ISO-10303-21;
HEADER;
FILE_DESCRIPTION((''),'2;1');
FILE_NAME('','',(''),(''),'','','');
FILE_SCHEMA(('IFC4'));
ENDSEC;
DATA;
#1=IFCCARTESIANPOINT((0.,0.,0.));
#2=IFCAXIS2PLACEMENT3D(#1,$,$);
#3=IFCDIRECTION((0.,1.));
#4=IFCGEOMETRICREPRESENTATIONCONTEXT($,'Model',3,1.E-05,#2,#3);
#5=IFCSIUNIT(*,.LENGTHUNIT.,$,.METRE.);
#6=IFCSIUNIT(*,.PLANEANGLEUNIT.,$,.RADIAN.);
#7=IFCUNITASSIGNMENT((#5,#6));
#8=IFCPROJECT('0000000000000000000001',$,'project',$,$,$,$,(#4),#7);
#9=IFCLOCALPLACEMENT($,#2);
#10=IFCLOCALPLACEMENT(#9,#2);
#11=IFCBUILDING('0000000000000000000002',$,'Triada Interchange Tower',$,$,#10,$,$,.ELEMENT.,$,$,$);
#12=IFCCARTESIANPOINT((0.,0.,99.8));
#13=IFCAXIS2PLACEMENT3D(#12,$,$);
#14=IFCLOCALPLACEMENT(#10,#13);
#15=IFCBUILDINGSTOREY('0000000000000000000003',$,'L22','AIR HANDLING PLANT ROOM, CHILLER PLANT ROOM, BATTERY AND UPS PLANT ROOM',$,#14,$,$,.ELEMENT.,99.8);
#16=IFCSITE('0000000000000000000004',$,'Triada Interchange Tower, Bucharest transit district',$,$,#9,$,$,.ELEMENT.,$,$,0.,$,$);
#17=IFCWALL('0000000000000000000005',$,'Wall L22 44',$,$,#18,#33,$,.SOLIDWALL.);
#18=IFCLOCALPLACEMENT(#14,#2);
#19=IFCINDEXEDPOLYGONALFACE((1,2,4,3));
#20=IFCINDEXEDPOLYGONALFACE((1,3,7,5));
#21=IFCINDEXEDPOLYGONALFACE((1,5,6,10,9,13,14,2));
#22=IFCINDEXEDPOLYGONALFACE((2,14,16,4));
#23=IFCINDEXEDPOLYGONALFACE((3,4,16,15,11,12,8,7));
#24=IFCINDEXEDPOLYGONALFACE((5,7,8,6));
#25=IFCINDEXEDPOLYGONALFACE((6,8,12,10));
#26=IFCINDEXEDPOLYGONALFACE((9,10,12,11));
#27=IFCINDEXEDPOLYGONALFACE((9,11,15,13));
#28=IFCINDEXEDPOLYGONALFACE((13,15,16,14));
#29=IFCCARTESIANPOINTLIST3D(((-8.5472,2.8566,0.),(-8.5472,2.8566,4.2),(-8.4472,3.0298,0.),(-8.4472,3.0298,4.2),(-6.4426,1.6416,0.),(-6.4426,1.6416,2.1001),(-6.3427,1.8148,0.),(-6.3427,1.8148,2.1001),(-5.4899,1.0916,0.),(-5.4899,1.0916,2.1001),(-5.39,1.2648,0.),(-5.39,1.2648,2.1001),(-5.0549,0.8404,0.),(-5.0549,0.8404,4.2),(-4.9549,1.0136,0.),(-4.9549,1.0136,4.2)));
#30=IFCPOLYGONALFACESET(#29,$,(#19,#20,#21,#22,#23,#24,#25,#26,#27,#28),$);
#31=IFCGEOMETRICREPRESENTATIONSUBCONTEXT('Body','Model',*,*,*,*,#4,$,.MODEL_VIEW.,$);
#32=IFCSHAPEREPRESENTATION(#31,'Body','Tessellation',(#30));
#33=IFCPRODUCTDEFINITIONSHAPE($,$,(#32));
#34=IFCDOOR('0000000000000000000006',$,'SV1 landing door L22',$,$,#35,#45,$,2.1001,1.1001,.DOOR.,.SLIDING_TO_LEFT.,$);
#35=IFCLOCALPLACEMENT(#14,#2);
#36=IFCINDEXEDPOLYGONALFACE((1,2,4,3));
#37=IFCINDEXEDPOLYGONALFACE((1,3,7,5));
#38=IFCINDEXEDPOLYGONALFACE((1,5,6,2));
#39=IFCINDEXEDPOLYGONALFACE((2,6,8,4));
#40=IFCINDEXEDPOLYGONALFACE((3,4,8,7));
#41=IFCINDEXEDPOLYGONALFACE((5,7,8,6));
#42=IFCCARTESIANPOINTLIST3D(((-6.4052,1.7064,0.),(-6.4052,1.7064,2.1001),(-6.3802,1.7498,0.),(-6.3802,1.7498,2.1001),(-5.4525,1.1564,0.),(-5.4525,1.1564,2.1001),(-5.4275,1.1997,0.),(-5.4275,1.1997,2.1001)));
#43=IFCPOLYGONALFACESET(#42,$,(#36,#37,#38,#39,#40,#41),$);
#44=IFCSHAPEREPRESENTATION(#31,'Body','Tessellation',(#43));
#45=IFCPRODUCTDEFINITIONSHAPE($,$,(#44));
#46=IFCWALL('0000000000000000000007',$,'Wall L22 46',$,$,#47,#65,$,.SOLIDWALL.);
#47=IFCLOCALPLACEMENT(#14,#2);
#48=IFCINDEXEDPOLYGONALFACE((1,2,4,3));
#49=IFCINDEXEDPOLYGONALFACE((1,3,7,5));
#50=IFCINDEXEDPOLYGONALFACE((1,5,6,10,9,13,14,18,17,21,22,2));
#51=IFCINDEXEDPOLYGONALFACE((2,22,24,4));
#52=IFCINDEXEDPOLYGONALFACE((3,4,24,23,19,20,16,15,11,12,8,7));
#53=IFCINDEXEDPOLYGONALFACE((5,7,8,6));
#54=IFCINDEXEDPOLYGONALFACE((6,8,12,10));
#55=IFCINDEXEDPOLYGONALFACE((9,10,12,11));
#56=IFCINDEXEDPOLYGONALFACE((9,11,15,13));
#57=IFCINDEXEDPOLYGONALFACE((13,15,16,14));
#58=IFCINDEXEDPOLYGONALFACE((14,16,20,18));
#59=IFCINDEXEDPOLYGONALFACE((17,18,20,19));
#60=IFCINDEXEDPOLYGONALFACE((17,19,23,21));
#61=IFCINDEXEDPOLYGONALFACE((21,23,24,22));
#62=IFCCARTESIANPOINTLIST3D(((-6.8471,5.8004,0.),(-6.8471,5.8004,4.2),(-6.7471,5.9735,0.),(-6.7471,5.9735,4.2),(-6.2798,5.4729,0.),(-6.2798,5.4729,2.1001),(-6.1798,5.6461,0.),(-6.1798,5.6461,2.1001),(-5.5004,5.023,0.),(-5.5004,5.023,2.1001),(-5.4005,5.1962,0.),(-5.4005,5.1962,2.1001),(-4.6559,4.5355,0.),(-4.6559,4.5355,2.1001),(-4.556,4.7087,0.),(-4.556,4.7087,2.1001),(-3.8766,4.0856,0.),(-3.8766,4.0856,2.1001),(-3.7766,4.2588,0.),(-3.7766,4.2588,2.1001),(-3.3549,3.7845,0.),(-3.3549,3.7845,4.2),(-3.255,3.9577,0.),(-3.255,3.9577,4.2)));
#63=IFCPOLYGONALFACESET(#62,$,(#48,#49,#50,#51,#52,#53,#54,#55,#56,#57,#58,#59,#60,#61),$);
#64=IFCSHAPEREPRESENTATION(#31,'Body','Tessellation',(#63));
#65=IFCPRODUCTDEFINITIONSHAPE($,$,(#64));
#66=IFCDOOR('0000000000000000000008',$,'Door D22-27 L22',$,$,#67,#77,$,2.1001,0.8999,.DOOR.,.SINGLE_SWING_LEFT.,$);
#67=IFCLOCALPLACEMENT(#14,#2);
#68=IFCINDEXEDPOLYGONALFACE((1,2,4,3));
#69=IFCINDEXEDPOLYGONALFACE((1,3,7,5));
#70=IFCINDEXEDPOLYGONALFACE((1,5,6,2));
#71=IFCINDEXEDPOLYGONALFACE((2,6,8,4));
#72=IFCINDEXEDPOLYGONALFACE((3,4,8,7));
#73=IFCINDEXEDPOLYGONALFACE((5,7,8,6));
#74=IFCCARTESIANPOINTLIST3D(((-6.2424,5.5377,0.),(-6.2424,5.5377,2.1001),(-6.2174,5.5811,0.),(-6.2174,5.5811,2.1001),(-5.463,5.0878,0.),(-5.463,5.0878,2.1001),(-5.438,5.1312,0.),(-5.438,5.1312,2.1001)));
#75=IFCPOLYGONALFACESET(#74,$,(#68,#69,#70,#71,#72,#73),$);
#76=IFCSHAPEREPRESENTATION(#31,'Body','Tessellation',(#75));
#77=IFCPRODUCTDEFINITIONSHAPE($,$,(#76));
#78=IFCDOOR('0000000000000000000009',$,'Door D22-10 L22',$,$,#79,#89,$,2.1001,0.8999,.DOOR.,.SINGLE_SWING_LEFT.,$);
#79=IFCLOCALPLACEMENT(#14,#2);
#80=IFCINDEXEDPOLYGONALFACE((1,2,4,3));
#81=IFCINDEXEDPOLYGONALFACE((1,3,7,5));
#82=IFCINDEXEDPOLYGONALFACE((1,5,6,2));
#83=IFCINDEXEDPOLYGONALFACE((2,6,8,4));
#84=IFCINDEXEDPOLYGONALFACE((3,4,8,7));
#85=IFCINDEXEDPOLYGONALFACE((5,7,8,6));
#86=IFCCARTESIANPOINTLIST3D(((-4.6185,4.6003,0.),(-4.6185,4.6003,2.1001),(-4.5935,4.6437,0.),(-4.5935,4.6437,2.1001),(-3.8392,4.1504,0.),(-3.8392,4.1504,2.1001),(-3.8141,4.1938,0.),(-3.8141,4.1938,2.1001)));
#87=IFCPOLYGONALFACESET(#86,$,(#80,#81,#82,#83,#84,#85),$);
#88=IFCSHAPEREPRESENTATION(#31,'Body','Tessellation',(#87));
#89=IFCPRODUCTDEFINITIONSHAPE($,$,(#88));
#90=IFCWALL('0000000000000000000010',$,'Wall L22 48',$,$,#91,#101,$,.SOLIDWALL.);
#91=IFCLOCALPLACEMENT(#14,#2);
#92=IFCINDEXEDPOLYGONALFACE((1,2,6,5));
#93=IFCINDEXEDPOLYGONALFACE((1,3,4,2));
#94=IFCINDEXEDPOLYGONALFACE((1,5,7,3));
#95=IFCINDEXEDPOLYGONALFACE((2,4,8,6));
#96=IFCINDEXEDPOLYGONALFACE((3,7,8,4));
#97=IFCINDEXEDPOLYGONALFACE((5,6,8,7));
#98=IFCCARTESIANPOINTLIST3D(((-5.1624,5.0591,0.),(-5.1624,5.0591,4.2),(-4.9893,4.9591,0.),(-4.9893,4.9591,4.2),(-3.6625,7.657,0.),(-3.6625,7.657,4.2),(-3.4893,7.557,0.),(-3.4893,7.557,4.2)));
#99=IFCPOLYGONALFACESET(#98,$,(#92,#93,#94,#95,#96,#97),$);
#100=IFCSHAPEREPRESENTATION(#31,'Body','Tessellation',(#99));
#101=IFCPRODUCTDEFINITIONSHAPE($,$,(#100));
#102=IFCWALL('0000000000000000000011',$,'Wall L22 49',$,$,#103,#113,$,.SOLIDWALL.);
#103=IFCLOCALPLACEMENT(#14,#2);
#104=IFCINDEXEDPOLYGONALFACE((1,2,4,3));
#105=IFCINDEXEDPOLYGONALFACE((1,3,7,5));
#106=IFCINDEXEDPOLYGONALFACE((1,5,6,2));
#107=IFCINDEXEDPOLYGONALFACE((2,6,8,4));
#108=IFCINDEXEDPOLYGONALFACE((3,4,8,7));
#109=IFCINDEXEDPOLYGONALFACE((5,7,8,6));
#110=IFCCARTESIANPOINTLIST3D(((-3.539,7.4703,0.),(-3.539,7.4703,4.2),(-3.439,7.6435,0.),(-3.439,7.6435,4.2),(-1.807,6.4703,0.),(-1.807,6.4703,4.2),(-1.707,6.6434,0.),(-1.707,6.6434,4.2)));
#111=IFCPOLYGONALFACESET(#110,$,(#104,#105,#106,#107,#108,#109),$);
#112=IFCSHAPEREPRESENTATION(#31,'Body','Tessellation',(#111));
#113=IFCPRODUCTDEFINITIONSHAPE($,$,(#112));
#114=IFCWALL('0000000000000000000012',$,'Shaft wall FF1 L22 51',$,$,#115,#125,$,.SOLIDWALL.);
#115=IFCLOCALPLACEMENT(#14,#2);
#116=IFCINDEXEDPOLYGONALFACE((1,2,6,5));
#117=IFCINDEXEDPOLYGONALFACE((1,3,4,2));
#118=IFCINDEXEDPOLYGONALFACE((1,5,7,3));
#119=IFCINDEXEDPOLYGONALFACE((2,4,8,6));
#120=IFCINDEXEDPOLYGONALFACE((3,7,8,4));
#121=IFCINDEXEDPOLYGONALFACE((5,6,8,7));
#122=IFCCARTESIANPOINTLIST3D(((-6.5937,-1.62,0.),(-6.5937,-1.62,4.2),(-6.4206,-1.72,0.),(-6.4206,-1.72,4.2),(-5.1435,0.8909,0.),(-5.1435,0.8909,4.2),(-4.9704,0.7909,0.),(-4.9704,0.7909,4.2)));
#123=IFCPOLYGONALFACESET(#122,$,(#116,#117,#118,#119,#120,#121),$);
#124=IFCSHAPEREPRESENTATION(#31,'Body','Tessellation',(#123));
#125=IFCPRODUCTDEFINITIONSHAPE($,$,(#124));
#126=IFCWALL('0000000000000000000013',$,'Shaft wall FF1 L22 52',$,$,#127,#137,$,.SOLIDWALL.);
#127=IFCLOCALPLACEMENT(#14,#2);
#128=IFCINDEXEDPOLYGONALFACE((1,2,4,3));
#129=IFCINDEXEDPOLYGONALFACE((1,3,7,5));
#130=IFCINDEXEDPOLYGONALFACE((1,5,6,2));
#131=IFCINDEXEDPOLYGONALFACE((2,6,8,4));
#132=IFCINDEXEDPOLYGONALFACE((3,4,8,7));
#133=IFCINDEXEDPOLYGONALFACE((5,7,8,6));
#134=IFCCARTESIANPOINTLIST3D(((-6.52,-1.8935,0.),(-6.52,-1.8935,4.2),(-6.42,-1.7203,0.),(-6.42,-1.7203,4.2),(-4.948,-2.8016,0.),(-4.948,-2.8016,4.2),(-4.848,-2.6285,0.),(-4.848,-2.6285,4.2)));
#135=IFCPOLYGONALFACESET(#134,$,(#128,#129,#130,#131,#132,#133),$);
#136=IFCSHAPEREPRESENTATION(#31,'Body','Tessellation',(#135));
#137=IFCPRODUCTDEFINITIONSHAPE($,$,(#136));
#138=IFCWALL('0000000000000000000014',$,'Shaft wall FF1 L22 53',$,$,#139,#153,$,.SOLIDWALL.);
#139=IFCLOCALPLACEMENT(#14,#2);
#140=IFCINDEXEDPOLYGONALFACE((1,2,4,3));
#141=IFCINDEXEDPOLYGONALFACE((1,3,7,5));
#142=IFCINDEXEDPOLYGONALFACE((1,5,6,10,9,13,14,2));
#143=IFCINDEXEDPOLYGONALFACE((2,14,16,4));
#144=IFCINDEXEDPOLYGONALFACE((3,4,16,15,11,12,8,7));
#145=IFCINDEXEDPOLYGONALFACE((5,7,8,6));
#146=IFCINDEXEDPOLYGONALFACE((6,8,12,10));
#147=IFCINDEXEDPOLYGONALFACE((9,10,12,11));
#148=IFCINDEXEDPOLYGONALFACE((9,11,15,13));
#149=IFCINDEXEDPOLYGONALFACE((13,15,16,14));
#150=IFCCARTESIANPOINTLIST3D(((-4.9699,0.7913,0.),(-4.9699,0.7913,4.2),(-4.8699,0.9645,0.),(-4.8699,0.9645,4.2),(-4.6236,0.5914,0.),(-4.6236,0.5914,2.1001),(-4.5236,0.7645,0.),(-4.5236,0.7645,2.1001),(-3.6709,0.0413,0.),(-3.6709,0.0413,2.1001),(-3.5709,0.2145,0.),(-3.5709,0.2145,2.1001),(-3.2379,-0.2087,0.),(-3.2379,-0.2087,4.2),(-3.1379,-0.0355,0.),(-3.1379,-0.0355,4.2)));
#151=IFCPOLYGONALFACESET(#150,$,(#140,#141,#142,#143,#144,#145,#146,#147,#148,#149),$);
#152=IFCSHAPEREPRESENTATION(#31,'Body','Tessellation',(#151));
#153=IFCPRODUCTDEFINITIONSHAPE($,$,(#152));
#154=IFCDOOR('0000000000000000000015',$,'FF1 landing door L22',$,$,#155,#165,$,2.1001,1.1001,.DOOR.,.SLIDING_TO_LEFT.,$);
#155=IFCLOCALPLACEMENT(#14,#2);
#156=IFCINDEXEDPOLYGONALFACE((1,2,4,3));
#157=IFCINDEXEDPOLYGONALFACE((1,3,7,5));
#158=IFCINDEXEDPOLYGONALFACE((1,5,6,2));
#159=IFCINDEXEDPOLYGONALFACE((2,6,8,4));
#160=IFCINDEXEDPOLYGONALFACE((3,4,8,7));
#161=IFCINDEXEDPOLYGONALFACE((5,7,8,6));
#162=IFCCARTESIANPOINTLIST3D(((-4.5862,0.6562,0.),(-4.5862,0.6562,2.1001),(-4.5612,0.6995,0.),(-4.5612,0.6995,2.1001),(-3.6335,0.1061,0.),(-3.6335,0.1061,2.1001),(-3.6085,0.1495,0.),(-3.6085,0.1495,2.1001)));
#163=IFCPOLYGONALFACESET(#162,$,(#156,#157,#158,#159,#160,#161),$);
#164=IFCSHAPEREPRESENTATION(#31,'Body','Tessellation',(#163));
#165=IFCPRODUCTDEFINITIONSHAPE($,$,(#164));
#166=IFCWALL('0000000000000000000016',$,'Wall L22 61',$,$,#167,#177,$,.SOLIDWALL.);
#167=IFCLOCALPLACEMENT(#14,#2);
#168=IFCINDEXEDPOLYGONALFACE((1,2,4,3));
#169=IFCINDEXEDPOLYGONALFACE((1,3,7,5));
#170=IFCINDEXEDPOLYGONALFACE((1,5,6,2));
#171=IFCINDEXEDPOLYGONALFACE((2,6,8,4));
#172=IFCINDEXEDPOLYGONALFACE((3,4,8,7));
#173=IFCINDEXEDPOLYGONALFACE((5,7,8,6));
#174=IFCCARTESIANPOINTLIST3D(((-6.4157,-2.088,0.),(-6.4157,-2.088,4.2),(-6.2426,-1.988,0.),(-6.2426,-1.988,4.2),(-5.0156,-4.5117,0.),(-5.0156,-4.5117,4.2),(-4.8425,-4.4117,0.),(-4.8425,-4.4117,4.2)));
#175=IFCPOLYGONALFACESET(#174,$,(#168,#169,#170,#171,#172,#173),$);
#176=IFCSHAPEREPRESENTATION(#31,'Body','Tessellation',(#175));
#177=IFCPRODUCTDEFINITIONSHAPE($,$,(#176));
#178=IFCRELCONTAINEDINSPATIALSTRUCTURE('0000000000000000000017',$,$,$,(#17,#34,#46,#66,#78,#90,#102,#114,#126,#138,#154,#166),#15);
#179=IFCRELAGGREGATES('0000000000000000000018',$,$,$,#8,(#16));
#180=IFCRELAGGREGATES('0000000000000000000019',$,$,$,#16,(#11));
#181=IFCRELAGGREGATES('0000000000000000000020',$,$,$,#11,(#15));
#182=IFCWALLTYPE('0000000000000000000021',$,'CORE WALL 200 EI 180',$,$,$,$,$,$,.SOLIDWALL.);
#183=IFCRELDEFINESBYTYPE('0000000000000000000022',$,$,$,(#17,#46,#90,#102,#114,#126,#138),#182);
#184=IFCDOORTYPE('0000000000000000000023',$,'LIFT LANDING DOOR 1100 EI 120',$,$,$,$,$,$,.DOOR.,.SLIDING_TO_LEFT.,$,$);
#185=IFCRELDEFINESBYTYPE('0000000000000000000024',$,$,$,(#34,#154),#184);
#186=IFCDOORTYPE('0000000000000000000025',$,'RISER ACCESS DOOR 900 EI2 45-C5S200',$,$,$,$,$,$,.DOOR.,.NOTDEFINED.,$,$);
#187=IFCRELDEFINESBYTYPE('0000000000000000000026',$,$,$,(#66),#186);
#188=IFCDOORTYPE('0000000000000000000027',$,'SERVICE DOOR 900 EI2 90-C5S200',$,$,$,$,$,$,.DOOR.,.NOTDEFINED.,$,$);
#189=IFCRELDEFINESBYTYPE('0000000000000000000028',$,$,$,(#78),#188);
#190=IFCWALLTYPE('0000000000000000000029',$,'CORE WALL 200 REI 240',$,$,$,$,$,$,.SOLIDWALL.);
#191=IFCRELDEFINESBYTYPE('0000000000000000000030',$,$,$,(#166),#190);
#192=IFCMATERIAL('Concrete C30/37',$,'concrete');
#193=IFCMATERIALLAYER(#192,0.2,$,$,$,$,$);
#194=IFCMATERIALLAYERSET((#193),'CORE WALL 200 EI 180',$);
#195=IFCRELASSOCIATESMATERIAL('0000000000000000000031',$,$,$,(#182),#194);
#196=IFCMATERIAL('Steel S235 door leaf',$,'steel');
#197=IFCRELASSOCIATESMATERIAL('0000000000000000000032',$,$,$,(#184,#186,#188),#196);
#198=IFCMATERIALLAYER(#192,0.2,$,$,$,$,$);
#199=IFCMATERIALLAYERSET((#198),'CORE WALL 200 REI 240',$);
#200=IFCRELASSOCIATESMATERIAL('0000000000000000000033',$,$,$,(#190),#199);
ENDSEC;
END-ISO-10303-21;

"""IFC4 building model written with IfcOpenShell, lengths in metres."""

from ifc_helpers import new_model, si_unit, direction, frame, frame_2d, origin, place, context, subcontext, project, spatial, rectangle, extrude, material, layer, layer_set, type_object, element, fill, save


model = new_model("IFC4")

# Units and contexts
model_context = context("Model", 3, precision=1e-05, world=origin(), true_north=direction((0.0, 1.0)))
body_context = subcontext(model_context, "Body", "Model", "MODEL_VIEW")
ifc_project = project(units=[si_unit("LENGTHUNIT", "METRE"), si_unit("PLANEANGLEUNIT", "RADIAN")], contexts=[model_context])

# Site, building, storey
site_placement = place(None, origin())
site = spatial("IfcSite", under=ifc_project, at=site_placement, Name="Triada Interchange Tower, Bucharest transit district", CompositionType="ELEMENT", RefElevation=0.0)
building_placement = place(site_placement, origin())
building = spatial("IfcBuilding", under=site, at=building_placement, Name="Triada Interchange Tower", CompositionType="ELEMENT")
storey_placement = place(building_placement, frame((0.0, 0.0, 99.8)))
storey = spatial("IfcBuildingStorey", under=building, at=storey_placement, Name="L22", Description="AIR HANDLING PLANT ROOM, CHILLER PLANT ROOM, BATTERY AND UPS PLANT ROOM", CompositionType="ELEMENT", Elevation=99.8)

# Shared definitions
ifc_material_1 = material(Name="Concrete C30/37", Category="concrete")

# Wall, opening, door
ifc_layer_1 = layer(ifc_material_1, 0.2)
ifc_layer_set_1 = layer_set([ifc_layer_1], Name="CORE WALL 200 EI 180")
wall_type_1 = type_object("IfcWallType", Name="CORE WALL 200 EI 180", PredefinedType="SOLIDWALL", material=ifc_layer_set_1)
wall_1_placement = place(storey_placement, frame((-8.4971, 2.9431, 0.0), z_axis=(0.0, 0.0, 1.0), x_axis=(0.866036, -0.499981, 0.0)))
wall_1 = element("IfcWall", 1, at=wall_1_placement, inside=storey, type_object=wall_type_1, Name="Wall L22 44", PredefinedType="SOLIDWALL", context=body_context, shape_type="SweptSolid", body=[
    extrude(rectangle(XDim=4.0325, YDim=0.2, at=frame_2d((2.0161, 0.0))), origin(), (0.0, 0.0, 1.0), 4.2),
])
opening_1_placement = place(wall_1_placement, frame((2.4299, 0.0, 0.0)))
opening_1 = element("IfcOpeningElement", 2, at=opening_1_placement, cuts=wall_1, PredefinedType="OPENING", context=body_context, shape_type="SweptSolid", body=[
    extrude(rectangle(XDim=1.1001, YDim=2.1001, at=frame_2d((0.55, 1.05))), frame((0.0, 0.1099, 0.0), z_axis=(0.0, -1.0, 0.0), x_axis=(1.0, 0.0, 0.0)), (0.0, 0.0, 1.0), 0.22),
])
ifc_material_2 = material(Name="Steel S235 door leaf", Category="steel")
door_type_1 = type_object("IfcDoorType", Name="LIFT LANDING DOOR 1100 EI 120", OperationType="SLIDING_TO_LEFT", PredefinedType="DOOR", material=ifc_material_2)
door_1_placement = place(opening_1_placement, origin())
door_1 = element("IfcDoor", 3, at=door_1_placement, inside=storey, type_object=door_type_1, Name="SV1 landing door L22", OperationType="SLIDING_TO_LEFT", OverallHeight=2.1001, OverallWidth=1.1001, PredefinedType="DOOR", context=body_context, shape_type="SweptSolid", body=[
    extrude(rectangle(XDim=1.1001, YDim=2.1001, at=frame_2d((0.55, 1.05))), frame((0.0, 0.0249, 0.0), z_axis=(0.0, -1.0, 0.0), x_axis=(1.0, 0.0, 0.0)), (0.0, 0.0, 1.0), 0.05),
])
fill(opening_1, door_1)

# Wall, openings, doors
wall_2_placement = place(storey_placement, frame((-6.7971, 5.887, 0.0), z_axis=(0.0, 0.0, 1.0), x_axis=(0.866063, -0.499936, 0.0)))
wall_2 = element("IfcWall", 4, at=wall_2_placement, inside=storey, type_object=wall_type_1, Name="Wall L22 46", PredefinedType="SOLIDWALL", context=body_context, shape_type="SweptSolid", body=[
    extrude(rectangle(XDim=4.0322, YDim=0.2, at=frame_2d((2.0161, 0.0))), origin(), (0.0, 0.0, 1.0), 4.2),
])
opening_2_placement = place(wall_2_placement, frame((2.53, 0.0, 0.0)))
opening_2 = element("IfcOpeningElement", 5, at=opening_2_placement, cuts=wall_2, PredefinedType="OPENING", context=body_context, shape_type="SweptSolid", body=[
    extrude(rectangle(XDim=0.8999, YDim=2.1001, at=frame_2d((0.45, 1.05))), frame((0.0, 0.1099, 0.0), z_axis=(0.0, -1.0, 0.0), x_axis=(1.0, 0.0, 0.0)), (0.0, 0.0, 1.0), 0.22),
])
opening_3_placement = place(wall_2_placement, frame((0.655, 0.0, 0.0)))
opening_3 = element("IfcOpeningElement", 6, at=opening_3_placement, cuts=wall_2, PredefinedType="OPENING", context=body_context, shape_type="SweptSolid", body=[
    extrude(rectangle(XDim=0.8999, YDim=2.1001, at=frame_2d((0.45, 1.05))), frame((0.0, 0.1099, 0.0), z_axis=(0.0, -1.0, 0.0), x_axis=(1.0, 0.0, 0.0)), (0.0, 0.0, 1.0), 0.22),
])
door_type_2 = type_object("IfcDoorType", Name="RISER ACCESS DOOR 900 EI2 45-C5S200", OperationType="NOTDEFINED", PredefinedType="DOOR", material=ifc_material_2)
door_2_placement = place(opening_3_placement, origin())
door_2 = element("IfcDoor", 7, at=door_2_placement, inside=storey, type_object=door_type_2, Name="Door D22-27 L22", OperationType="SINGLE_SWING_LEFT", OverallHeight=2.1001, OverallWidth=0.8999, PredefinedType="DOOR", context=body_context, shape_type="SweptSolid", body=[
    extrude(rectangle(XDim=0.8999, YDim=2.1001, at=frame_2d((0.45, 1.05))), frame((0.0, 0.0249, 0.0), z_axis=(0.0, -1.0, 0.0), x_axis=(1.0, 0.0, 0.0)), (0.0, 0.0, 1.0), 0.05),
])
fill(opening_3, door_2)
door_type_3 = type_object("IfcDoorType", Name="SERVICE DOOR 900 EI2 90-C5S200", OperationType="NOTDEFINED", PredefinedType="DOOR", material=ifc_material_2)
door_3_placement = place(opening_2_placement, origin())
door_3 = element("IfcDoor", 8, at=door_3_placement, inside=storey, type_object=door_type_3, Name="Door D22-10 L22", OperationType="SINGLE_SWING_LEFT", OverallHeight=2.1001, OverallWidth=0.8999, PredefinedType="DOOR", context=body_context, shape_type="SweptSolid", body=[
    extrude(rectangle(XDim=0.8999, YDim=2.1001, at=frame_2d((0.45, 1.05))), frame((0.0, 0.0249, 0.0), z_axis=(0.0, -1.0, 0.0), x_axis=(1.0, 0.0, 0.0)), (0.0, 0.0, 1.0), 0.05),
])
fill(opening_2, door_3)

# Walls
wall_3_placement = place(storey_placement, frame((-5.0759, 5.009, 0.0), z_axis=(0.0, 0.0, 1.0), x_axis=(0.500025, 0.866011, 0.0)))
element("IfcWall", 9, at=wall_3_placement, inside=storey, type_object=wall_type_1, Name="Wall L22 48", PredefinedType="SOLIDWALL", context=body_context, shape_type="SweptSolid", body=[
    extrude(rectangle(XDim=2.9998, YDim=0.2, at=frame_2d((1.5, 0.0))), origin(), (0.0, 0.0, 1.0), 4.2),
])
wall_4_placement = place(storey_placement, frame((-3.489, 7.5569, 0.0), z_axis=(0.0, 0.0, 1.0), x_axis=(0.866011, -0.500025, 0.0)))
element("IfcWall", 10, at=wall_4_placement, inside=storey, type_object=wall_type_1, Name="Wall L22 49", PredefinedType="SOLIDWALL", context=body_context, shape_type="SweptSolid", body=[
    extrude(rectangle(XDim=2.0, YDim=0.2, at=frame_2d((1.0, 0.0))), origin(), (0.0, 0.0, 1.0), 4.2),
])
wall_5_placement = place(storey_placement, frame((-6.5071, -1.6699, 0.0), z_axis=(0.0, 0.0, 1.0), x_axis=(0.500123, 0.865954, 0.0)))
element("IfcWall", 11, at=wall_5_placement, inside=storey, type_object=wall_type_1, Name="Shaft wall FF1 L22 51", PredefinedType="SOLIDWALL", context=body_context, shape_type="SweptSolid", body=[
    extrude(rectangle(XDim=2.8997, YDim=0.2, at=frame_2d((1.4497, 0.0))), origin(), (0.0, 0.0, 1.0), 4.2),
])
wall_6_placement = place(storey_placement, frame((-6.47, -1.8069, 0.0), z_axis=(0.0, 0.0, 1.0), x_axis=(0.865883, -0.500246, 0.0)))
element("IfcWall", 12, at=wall_6_placement, inside=storey, type_object=wall_type_1, Name="Shaft wall FF1 L22 52", PredefinedType="SOLIDWALL", context=body_context, shape_type="SweptSolid", body=[
    extrude(rectangle(XDim=1.8154, YDim=0.2, at=frame_2d((0.9077, 0.0))), origin(), (0.0, 0.0, 1.0), 4.2),
])

# Wall, opening, door
wall_7_placement = place(storey_placement, frame((-4.9199, 0.8779, 0.0), z_axis=(0.0, 0.0, 1.0), x_axis=(0.866011, -0.500025, 0.0)))
wall_7 = element("IfcWall", 13, at=wall_7_placement, inside=storey, type_object=wall_type_1, Name="Shaft wall FF1 L22 53", PredefinedType="SOLIDWALL", context=body_context, shape_type="SweptSolid", body=[
    extrude(rectangle(XDim=2.0, YDim=0.2, at=frame_2d((1.0, 0.0))), origin(), (0.0, 0.0, 1.0), 4.2),
])
opening_4_placement = place(wall_7_placement, frame((0.3999, 0.0, 0.0)))
opening_4 = element("IfcOpeningElement", 14, at=opening_4_placement, cuts=wall_7, PredefinedType="OPENING", context=body_context, shape_type="SweptSolid", body=[
    extrude(rectangle(XDim=1.1001, YDim=2.1001, at=frame_2d((0.55, 1.05))), frame((0.0, 0.1099, 0.0), z_axis=(0.0, -1.0, 0.0), x_axis=(1.0, 0.0, 0.0)), (0.0, 0.0, 1.0), 0.22),
])
door_4_placement = place(opening_4_placement, origin())
door_4 = element("IfcDoor", 15, at=door_4_placement, inside=storey, type_object=door_type_1, Name="FF1 landing door L22", OperationType="SLIDING_TO_LEFT", OverallHeight=2.1001, OverallWidth=1.1001, PredefinedType="DOOR", context=body_context, shape_type="SweptSolid", body=[
    extrude(rectangle(XDim=1.1001, YDim=2.1001, at=frame_2d((0.55, 1.05))), frame((0.0, 0.0249, 0.0), z_axis=(0.0, -1.0, 0.0), x_axis=(1.0, 0.0, 0.0)), (0.0, 0.0, 1.0), 0.05),
])
fill(opening_4, door_4)

# Wall
ifc_layer_2 = layer(ifc_material_1, 0.2)
ifc_layer_set_2 = layer_set([ifc_layer_2], Name="CORE WALL 200 REI 240")
wall_type_2 = type_object("IfcWallType", Name="CORE WALL 200 REI 240", PredefinedType="SOLIDWALL", material=ifc_layer_set_2)
wall_8_placement = place(storey_placement, frame((-6.3291, -2.0381, 0.0), z_axis=(0.0, 0.0, 1.0), x_axis=(0.500201, -0.86591, 0.0)))
element("IfcWall", 16, at=wall_8_placement, inside=storey, type_object=wall_type_2, Name="Wall L22 61", PredefinedType="SOLIDWALL", context=body_context, shape_type="SweptSolid", body=[
    extrude(rectangle(XDim=2.7991, YDim=0.2, at=frame_2d((1.3994, 0.0))), origin(), (0.0, 0.0, 1.0), 4.2),
])

save(model, "model.ifc")
